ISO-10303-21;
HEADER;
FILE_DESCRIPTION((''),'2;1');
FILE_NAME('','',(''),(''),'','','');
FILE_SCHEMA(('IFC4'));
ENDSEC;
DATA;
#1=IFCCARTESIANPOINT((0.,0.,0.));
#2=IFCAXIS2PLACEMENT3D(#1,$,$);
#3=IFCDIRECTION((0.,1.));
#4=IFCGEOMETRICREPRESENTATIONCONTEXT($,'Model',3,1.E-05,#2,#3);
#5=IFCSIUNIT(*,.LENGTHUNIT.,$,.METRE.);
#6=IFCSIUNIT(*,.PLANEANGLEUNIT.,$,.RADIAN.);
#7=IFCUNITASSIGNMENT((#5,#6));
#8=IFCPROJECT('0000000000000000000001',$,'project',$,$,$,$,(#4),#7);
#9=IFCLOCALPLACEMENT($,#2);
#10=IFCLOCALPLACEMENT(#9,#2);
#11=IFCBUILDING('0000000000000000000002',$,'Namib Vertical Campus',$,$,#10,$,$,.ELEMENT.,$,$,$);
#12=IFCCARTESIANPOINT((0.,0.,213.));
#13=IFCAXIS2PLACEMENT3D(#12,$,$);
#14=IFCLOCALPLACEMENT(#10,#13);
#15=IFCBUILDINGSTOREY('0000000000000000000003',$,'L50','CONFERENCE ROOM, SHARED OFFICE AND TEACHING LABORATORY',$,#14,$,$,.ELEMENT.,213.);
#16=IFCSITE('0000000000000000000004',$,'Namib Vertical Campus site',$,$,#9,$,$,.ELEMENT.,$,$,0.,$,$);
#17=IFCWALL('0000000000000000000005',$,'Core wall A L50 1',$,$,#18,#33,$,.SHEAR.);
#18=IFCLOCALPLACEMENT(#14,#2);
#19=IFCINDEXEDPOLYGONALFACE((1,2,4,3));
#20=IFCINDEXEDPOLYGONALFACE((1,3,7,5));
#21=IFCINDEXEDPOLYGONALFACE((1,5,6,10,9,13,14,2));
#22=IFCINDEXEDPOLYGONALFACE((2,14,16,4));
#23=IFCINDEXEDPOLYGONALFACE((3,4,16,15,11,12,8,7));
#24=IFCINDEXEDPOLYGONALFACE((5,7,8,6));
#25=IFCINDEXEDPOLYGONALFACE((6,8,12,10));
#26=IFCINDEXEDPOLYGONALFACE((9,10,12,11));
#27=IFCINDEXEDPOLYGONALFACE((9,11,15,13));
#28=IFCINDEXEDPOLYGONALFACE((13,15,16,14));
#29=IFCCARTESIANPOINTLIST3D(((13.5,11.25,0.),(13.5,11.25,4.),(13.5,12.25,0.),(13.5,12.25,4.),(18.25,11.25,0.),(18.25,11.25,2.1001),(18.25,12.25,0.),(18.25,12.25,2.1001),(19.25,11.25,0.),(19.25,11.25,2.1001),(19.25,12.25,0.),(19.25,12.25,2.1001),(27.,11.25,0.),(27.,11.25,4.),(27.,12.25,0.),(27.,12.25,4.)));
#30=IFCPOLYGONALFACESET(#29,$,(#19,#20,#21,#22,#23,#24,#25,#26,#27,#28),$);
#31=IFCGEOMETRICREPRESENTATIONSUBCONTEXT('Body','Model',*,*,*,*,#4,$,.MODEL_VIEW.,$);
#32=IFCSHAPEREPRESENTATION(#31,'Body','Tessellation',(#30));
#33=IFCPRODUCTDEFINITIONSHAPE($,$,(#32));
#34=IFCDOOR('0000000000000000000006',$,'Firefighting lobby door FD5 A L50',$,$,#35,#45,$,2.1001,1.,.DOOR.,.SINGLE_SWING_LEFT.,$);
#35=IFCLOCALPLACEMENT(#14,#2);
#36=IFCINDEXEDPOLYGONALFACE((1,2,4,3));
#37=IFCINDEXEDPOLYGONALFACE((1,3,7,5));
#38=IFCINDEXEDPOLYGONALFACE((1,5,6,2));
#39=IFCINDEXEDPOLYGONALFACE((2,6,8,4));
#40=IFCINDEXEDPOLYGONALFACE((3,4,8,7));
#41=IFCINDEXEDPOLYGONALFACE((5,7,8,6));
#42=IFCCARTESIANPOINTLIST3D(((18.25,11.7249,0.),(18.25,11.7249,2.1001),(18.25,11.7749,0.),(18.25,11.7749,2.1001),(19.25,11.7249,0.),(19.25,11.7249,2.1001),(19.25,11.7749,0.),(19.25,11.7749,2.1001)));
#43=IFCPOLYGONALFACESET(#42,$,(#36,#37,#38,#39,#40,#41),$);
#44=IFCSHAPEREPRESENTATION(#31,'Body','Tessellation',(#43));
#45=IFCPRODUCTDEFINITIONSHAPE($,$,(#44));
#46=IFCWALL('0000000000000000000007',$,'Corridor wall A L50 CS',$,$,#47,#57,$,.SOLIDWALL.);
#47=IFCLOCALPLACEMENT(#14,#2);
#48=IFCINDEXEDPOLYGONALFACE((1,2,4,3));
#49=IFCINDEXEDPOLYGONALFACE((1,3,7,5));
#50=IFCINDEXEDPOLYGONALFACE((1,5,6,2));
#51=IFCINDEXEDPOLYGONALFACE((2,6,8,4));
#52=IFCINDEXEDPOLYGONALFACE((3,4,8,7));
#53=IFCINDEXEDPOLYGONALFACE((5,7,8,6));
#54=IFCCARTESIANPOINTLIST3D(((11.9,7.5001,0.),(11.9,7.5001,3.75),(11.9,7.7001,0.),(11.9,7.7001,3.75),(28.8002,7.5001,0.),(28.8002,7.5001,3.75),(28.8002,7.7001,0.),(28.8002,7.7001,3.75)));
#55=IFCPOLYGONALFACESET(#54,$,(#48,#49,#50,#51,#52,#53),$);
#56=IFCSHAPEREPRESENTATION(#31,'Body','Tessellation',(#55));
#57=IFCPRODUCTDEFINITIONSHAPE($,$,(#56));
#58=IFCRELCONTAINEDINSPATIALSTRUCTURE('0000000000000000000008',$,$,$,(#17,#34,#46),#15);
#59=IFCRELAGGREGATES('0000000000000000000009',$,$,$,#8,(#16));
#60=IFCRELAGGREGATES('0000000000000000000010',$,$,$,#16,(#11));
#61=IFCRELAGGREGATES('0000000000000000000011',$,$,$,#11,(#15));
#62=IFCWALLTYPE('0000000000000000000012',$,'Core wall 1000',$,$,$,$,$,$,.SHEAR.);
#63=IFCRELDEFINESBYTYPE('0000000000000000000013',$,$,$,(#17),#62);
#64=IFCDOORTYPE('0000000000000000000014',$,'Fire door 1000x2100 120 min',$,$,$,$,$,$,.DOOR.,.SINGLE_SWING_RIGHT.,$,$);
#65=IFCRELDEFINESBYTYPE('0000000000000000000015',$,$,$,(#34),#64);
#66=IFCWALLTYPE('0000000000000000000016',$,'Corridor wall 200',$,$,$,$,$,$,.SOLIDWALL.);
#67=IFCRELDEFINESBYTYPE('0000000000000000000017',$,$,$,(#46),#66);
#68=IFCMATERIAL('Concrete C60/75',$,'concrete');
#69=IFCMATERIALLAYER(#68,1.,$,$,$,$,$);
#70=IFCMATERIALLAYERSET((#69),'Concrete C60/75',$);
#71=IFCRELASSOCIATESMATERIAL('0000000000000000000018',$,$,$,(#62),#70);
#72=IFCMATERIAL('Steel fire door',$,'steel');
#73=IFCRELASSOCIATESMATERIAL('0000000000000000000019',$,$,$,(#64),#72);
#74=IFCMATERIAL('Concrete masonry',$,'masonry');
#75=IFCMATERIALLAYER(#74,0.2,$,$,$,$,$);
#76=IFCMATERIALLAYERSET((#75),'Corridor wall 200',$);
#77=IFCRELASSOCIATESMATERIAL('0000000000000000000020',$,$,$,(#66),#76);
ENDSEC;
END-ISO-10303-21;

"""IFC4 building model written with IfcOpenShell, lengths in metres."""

from ifc_helpers import new_model, si_unit, direction, frame, frame_2d, origin, place, context, subcontext, project, spatial, rectangle, extrude, material, layer, layer_set, type_object, element, fill, save


model = new_model("IFC4")

# Units and contexts
model_context = context("Model", 3, precision=1e-05, world=origin(), true_north=direction((0.0, 1.0)))
body_context = subcontext(model_context, "Body", "Model", "MODEL_VIEW")
ifc_project = project(units=[si_unit("LENGTHUNIT", "METRE"), si_unit("PLANEANGLEUNIT", "RADIAN")], contexts=[model_context])

# Site, building, storey
site_placement = place(None, origin())
site = spatial("IfcSite", under=ifc_project, at=site_placement, Name="Namib Vertical Campus site", CompositionType="ELEMENT", RefElevation=0.0)
building_placement = place(site_placement, origin())
building = spatial("IfcBuilding", under=site, at=building_placement, Name="Namib Vertical Campus", CompositionType="ELEMENT")
storey_placement = place(building_placement, frame((0.0, 0.0, 213.0)))
storey = spatial("IfcBuildingStorey", under=building, at=storey_placement, Name="L50", Description="CONFERENCE ROOM, SHARED OFFICE AND TEACHING LABORATORY", CompositionType="ELEMENT", Elevation=213.0)

# Wall, opening, door
ifc_material_1 = material(Name="Concrete C60/75", Category="concrete")
ifc_layer_1 = layer(ifc_material_1, 1.0)
ifc_layer_set_1 = layer_set([ifc_layer_1], Name="Concrete C60/75")
wall_type_1 = type_object("IfcWallType", Name="Core wall 1000", PredefinedType="SHEAR", material=ifc_layer_set_1)
wall_1_placement = place(storey_placement, frame((13.5, 11.75, 0.0), z_axis=(0.0, 0.0, 1.0), x_axis=(1.0, 0.0, 0.0)))
wall_1 = element("IfcWall", 1, at=wall_1_placement, inside=storey, type_object=wall_type_1, Name="Core wall A L50 1", PredefinedType="SHEAR", context=body_context, shape_type="SweptSolid", body=[
    extrude(rectangle(XDim=13.5, YDim=1.0, at=frame_2d((6.75, 0.0))), origin(), (0.0, 0.0, 1.0), 4.0),
])
opening_1_placement = place(wall_1_placement, frame((4.75, 0.0, 0.0)))
opening_1 = element("IfcOpeningElement", 2, at=opening_1_placement, cuts=wall_1, PredefinedType="OPENING", context=body_context, shape_type="SweptSolid", body=[
    extrude(rectangle(XDim=1.0, YDim=2.1001, at=frame_2d((0.5, 1.05))), frame((0.0, 0.51, 0.0), z_axis=(0.0, -1.0, 0.0), x_axis=(1.0, 0.0, 0.0)), (0.0, 0.0, 1.0), 1.02),
])
ifc_material_2 = material(Name="Steel fire door", Category="steel")
door_type = type_object("IfcDoorType", Name="Fire door 1000x2100 120 min", OperationType="SINGLE_SWING_RIGHT", PredefinedType="DOOR", material=ifc_material_2)
door_placement = place(opening_1_placement, origin())
door = element("IfcDoor", 3, at=door_placement, inside=storey, type_object=door_type, Name="Firefighting lobby door FD5 A L50", OperationType="SINGLE_SWING_LEFT", OverallHeight=2.1001, OverallWidth=1.0, PredefinedType="DOOR", context=body_context, shape_type="SweptSolid", body=[
    extrude(rectangle(XDim=1.0, YDim=2.1001, at=frame_2d((0.5, 1.05))), frame((0.0, 0.0249, 0.0), z_axis=(0.0, -1.0, 0.0), x_axis=(1.0, 0.0, 0.0)), (0.0, 0.0, 1.0), 0.05),
])
fill(opening_1, door)

# Wall
ifc_material_3 = material(Name="Concrete masonry", Category="masonry")
ifc_layer_2 = layer(ifc_material_3, 0.2)
ifc_layer_set_2 = layer_set([ifc_layer_2], Name="Corridor wall 200")
wall_type_2 = type_object("IfcWallType", Name="Corridor wall 200", PredefinedType="SOLIDWALL", material=ifc_layer_set_2)
wall_2_placement = place(storey_placement, frame((11.8999, 7.6001, 0.0), z_axis=(0.0, 0.0, 1.0), x_axis=(1.0, 0.0, 0.0)))
element("IfcWall", 4, at=wall_2_placement, inside=storey, type_object=wall_type_2, Name="Corridor wall A L50 CS", PredefinedType="SOLIDWALL", context=body_context, shape_type="SweptSolid", body=[
    extrude(rectangle(XDim=16.9001, YDim=0.2, at=frame_2d((8.4502, 0.0))), origin(), (0.0, 0.0, 1.0), 3.75),
])

save(model, "model.ifc")
